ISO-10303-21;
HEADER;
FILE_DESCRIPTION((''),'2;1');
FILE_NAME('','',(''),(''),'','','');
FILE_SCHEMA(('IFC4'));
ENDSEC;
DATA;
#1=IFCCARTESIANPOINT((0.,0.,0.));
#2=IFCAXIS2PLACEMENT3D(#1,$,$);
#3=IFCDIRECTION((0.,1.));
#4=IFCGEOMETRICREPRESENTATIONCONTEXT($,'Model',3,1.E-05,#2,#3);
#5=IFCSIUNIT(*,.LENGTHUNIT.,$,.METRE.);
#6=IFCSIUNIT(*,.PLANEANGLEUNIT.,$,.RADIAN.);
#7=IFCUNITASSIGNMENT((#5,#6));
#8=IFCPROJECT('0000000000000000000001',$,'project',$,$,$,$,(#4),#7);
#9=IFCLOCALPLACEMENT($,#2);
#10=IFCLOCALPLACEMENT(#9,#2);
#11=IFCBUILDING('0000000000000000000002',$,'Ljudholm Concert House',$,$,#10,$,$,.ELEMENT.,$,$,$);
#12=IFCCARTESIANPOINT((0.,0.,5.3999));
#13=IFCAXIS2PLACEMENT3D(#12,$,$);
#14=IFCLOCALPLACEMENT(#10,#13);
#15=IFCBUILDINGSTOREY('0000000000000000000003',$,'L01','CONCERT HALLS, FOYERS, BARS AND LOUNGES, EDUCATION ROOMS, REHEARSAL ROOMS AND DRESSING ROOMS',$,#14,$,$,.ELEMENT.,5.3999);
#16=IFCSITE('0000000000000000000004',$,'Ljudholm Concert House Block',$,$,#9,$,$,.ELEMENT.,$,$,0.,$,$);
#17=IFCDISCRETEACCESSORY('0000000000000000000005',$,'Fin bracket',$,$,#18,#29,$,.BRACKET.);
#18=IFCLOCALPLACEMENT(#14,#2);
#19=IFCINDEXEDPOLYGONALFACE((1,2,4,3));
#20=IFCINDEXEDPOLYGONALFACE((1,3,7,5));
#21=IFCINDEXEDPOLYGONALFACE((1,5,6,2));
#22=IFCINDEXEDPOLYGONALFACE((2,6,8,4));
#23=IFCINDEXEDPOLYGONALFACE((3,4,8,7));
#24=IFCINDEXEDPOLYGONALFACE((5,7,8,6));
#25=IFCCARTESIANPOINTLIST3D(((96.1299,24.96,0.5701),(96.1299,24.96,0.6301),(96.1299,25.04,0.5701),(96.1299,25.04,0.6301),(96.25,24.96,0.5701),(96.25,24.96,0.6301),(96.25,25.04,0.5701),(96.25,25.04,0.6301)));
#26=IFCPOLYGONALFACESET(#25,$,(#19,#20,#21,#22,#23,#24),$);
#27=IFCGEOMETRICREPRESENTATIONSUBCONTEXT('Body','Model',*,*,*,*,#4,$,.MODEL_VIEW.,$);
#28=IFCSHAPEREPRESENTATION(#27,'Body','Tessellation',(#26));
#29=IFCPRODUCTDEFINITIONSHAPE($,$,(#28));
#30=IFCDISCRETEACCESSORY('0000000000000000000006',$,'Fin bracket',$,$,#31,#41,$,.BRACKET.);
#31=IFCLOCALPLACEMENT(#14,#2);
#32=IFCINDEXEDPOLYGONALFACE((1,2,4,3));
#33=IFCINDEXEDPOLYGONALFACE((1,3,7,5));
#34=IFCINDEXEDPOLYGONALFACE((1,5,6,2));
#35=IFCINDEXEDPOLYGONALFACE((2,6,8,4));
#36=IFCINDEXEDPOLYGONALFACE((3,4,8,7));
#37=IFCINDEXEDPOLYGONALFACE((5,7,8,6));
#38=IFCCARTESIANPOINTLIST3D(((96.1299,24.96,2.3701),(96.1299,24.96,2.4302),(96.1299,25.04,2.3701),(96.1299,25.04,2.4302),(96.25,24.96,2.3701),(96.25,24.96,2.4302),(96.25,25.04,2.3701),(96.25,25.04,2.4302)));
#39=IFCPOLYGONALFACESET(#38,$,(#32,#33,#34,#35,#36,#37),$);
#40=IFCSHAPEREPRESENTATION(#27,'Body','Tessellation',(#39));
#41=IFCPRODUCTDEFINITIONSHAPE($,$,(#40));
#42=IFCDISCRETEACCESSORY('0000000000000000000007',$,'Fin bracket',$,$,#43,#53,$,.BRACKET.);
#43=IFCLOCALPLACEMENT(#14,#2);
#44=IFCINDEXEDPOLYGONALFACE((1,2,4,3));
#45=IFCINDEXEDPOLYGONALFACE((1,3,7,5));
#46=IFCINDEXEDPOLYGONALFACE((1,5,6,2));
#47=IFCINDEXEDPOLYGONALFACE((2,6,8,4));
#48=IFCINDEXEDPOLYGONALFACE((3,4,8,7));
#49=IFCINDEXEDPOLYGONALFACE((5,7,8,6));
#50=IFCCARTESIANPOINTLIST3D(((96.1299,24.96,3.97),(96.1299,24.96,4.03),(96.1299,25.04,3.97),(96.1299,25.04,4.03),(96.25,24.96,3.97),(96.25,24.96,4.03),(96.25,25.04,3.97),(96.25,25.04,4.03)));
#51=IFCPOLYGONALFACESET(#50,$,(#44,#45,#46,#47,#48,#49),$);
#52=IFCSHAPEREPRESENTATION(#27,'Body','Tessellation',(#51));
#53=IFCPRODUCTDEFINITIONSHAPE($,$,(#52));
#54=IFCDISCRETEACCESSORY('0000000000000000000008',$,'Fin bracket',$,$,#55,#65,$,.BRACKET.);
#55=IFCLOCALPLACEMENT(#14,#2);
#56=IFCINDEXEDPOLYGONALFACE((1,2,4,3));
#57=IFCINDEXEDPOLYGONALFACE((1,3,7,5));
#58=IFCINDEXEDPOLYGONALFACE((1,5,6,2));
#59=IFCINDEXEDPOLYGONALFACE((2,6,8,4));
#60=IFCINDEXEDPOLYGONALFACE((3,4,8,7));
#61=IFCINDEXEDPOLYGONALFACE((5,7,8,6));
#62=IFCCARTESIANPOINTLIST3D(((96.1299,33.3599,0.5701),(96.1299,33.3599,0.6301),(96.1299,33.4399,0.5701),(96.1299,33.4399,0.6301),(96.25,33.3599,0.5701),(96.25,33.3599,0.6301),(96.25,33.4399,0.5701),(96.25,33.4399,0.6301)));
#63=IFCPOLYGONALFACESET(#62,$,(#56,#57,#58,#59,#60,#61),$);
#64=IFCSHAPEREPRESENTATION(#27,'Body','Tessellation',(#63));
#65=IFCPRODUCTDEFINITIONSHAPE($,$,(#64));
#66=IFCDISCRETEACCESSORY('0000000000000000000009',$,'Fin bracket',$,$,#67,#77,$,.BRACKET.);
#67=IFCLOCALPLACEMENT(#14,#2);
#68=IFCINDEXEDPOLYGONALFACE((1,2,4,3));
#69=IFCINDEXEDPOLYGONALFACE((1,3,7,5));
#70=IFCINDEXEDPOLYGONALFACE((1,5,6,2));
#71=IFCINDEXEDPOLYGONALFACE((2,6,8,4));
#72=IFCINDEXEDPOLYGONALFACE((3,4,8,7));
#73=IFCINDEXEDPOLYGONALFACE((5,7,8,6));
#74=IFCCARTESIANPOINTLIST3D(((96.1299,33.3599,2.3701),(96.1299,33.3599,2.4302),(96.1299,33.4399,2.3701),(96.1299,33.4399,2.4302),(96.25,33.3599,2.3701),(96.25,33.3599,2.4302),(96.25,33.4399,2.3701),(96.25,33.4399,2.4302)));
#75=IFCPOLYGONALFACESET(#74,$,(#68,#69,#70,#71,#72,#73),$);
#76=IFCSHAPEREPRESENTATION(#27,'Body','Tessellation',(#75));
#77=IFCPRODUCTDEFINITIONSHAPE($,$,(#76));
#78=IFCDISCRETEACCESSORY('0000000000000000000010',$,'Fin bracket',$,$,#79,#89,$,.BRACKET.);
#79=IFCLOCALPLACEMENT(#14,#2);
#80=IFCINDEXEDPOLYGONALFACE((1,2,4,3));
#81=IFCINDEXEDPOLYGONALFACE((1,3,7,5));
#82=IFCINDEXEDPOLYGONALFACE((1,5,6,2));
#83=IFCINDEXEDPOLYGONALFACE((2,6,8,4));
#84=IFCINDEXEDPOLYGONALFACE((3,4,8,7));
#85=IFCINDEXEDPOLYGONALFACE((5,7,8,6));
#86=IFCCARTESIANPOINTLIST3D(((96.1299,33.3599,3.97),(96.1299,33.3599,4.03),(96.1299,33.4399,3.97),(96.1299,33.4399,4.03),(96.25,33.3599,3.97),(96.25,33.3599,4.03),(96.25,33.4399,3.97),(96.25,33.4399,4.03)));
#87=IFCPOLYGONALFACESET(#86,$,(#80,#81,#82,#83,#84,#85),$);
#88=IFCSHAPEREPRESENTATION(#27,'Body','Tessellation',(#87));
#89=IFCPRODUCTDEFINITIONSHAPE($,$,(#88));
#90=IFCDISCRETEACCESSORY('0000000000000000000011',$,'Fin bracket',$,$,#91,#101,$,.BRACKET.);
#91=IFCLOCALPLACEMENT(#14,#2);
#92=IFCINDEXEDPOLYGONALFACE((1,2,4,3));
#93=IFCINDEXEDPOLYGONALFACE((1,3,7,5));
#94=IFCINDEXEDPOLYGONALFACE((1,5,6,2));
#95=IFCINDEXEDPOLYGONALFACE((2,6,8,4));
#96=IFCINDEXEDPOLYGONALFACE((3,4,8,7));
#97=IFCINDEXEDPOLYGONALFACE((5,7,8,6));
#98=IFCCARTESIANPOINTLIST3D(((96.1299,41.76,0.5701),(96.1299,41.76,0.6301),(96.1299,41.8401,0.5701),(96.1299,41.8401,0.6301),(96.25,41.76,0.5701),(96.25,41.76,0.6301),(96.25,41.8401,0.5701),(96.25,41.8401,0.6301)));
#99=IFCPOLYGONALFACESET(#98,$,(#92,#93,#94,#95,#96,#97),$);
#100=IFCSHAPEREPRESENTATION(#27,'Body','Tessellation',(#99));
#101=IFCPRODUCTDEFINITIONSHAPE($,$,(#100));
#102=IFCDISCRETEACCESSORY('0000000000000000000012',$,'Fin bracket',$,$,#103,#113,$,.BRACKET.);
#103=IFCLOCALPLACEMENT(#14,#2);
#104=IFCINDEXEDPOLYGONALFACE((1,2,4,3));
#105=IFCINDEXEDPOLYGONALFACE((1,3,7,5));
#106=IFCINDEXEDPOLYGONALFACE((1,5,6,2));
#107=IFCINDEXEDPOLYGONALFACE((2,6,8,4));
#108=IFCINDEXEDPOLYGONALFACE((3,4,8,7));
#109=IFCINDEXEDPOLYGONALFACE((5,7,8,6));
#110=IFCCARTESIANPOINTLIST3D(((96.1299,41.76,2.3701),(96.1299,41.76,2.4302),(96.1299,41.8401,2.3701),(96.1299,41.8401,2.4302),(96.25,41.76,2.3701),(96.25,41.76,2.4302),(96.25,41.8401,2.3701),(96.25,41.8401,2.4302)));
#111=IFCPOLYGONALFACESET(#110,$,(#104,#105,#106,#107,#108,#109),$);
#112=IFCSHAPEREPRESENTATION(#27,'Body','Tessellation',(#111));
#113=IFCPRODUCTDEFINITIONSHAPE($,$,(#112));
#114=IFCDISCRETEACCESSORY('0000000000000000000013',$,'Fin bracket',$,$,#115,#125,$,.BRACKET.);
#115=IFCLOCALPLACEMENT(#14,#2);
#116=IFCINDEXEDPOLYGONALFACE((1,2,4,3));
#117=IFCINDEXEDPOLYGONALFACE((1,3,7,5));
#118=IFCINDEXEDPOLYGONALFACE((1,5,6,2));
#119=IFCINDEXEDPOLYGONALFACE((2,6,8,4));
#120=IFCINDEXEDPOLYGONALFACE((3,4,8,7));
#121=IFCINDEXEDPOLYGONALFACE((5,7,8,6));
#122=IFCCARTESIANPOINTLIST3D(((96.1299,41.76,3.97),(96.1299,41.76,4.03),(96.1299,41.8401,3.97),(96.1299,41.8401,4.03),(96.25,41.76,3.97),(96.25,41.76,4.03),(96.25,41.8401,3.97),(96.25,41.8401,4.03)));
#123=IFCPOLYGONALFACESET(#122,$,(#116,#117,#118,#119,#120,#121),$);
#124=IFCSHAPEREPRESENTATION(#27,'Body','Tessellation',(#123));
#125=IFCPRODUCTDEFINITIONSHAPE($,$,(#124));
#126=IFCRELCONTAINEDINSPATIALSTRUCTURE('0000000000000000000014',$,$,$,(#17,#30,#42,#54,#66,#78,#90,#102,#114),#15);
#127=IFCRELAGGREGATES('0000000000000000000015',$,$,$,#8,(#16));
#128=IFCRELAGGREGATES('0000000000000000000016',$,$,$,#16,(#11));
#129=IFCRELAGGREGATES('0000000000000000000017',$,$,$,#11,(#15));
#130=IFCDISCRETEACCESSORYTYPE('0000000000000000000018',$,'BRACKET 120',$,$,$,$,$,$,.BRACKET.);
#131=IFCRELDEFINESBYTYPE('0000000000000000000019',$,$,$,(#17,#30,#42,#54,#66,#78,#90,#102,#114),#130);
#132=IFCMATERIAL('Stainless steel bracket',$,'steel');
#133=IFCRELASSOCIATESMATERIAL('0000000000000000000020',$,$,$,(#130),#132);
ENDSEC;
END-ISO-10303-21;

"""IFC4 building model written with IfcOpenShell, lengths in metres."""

from ifc_helpers import new_model, si_unit, direction, frame, origin, origin_2d, place, context, subcontext, project, spatial, rectangle, extrude, material, type_object, element, save


model = new_model("IFC4")

# Units and contexts
model_context = context("Model", 3, precision=1e-05, world=origin(), true_north=direction((0.0, 1.0)))
body_context = subcontext(model_context, "Body", "Model", "MODEL_VIEW")
ifc_project = project(units=[si_unit("LENGTHUNIT", "METRE"), si_unit("PLANEANGLEUNIT", "RADIAN")], contexts=[model_context])

# Site, building, storey
site_placement = place(None, origin())
site = spatial("IfcSite", under=ifc_project, at=site_placement, Name="Ljudholm Concert House Block", CompositionType="ELEMENT", RefElevation=0.0)
building_placement = place(site_placement, origin())
building = spatial("IfcBuilding", under=site, at=building_placement, Name="Ljudholm Concert House", CompositionType="ELEMENT")
storey_placement = place(building_placement, frame((0.0, 0.0, 5.3999)))
storey = spatial("IfcBuildingStorey", under=building, at=storey_placement, Name="L01", Description="CONCERT HALLS, FOYERS, BARS AND LOUNGES, EDUCATION ROOMS, REHEARSAL ROOMS AND DRESSING ROOMS", CompositionType="ELEMENT", Elevation=5.3999)

# Discrete accessories
ifc_material_1 = material(Name="Stainless steel bracket", Category="steel")
discrete_accessory_type = type_object("IfcDiscreteAccessoryType", Name="BRACKET 120", PredefinedType="BRACKET", material=ifc_material_1)
for number, where, z_axis, x_axis, name in (
    (1, (96.1899, 25.0, 0.5701), (0.0, 0.0, 1.0), (-1.0, 0.0, 0.0), "Fin bracket"),
    (2, (96.1899, 25.0, 2.3701), (0.0, 0.0, 1.0), (-1.0, 0.0, 0.0), "Fin bracket"),
    (3, (96.1899, 25.0, 3.97), (0.0, 0.0, 1.0), (-1.0, 0.0, 0.0), "Fin bracket"),
    (4, (96.1899, 33.3999, 0.5701), (0.0, 0.0, 1.0), (-1.0, 0.0, 0.0), "Fin bracket"),
    (5, (96.1899, 33.3999, 2.3701), (0.0, 0.0, 1.0), (-1.0, 0.0, 0.0), "Fin bracket"),
    (6, (96.1899, 33.3999, 3.97), (0.0, 0.0, 1.0), (-1.0, 0.0, 0.0), "Fin bracket"),
    (7, (96.1899, 41.8, 0.5701), (0.0, 0.0, 1.0), (-1.0, 0.0, 0.0), "Fin bracket"),
    (8, (96.1899, 41.8, 2.3701), (0.0, 0.0, 1.0), (-1.0, 0.0, 0.0), "Fin bracket"),
    (9, (96.1899, 41.8, 3.97), (0.0, 0.0, 1.0), (-1.0, 0.0, 0.0), "Fin bracket"),
):
    element("IfcDiscreteAccessory", number, at=place(storey_placement, frame(where, z_axis=z_axis, x_axis=x_axis)), inside=storey, type_object=discrete_accessory_type, Name=name, PredefinedType="BRACKET", context=body_context, shape_type="SweptSolid", body=[
        extrude(rectangle(XDim=0.1201, YDim=0.0801, at=origin_2d()), origin(), (0.0, 0.0, 1.0), 0.0601),
    ])

save(model, "model.ifc")
